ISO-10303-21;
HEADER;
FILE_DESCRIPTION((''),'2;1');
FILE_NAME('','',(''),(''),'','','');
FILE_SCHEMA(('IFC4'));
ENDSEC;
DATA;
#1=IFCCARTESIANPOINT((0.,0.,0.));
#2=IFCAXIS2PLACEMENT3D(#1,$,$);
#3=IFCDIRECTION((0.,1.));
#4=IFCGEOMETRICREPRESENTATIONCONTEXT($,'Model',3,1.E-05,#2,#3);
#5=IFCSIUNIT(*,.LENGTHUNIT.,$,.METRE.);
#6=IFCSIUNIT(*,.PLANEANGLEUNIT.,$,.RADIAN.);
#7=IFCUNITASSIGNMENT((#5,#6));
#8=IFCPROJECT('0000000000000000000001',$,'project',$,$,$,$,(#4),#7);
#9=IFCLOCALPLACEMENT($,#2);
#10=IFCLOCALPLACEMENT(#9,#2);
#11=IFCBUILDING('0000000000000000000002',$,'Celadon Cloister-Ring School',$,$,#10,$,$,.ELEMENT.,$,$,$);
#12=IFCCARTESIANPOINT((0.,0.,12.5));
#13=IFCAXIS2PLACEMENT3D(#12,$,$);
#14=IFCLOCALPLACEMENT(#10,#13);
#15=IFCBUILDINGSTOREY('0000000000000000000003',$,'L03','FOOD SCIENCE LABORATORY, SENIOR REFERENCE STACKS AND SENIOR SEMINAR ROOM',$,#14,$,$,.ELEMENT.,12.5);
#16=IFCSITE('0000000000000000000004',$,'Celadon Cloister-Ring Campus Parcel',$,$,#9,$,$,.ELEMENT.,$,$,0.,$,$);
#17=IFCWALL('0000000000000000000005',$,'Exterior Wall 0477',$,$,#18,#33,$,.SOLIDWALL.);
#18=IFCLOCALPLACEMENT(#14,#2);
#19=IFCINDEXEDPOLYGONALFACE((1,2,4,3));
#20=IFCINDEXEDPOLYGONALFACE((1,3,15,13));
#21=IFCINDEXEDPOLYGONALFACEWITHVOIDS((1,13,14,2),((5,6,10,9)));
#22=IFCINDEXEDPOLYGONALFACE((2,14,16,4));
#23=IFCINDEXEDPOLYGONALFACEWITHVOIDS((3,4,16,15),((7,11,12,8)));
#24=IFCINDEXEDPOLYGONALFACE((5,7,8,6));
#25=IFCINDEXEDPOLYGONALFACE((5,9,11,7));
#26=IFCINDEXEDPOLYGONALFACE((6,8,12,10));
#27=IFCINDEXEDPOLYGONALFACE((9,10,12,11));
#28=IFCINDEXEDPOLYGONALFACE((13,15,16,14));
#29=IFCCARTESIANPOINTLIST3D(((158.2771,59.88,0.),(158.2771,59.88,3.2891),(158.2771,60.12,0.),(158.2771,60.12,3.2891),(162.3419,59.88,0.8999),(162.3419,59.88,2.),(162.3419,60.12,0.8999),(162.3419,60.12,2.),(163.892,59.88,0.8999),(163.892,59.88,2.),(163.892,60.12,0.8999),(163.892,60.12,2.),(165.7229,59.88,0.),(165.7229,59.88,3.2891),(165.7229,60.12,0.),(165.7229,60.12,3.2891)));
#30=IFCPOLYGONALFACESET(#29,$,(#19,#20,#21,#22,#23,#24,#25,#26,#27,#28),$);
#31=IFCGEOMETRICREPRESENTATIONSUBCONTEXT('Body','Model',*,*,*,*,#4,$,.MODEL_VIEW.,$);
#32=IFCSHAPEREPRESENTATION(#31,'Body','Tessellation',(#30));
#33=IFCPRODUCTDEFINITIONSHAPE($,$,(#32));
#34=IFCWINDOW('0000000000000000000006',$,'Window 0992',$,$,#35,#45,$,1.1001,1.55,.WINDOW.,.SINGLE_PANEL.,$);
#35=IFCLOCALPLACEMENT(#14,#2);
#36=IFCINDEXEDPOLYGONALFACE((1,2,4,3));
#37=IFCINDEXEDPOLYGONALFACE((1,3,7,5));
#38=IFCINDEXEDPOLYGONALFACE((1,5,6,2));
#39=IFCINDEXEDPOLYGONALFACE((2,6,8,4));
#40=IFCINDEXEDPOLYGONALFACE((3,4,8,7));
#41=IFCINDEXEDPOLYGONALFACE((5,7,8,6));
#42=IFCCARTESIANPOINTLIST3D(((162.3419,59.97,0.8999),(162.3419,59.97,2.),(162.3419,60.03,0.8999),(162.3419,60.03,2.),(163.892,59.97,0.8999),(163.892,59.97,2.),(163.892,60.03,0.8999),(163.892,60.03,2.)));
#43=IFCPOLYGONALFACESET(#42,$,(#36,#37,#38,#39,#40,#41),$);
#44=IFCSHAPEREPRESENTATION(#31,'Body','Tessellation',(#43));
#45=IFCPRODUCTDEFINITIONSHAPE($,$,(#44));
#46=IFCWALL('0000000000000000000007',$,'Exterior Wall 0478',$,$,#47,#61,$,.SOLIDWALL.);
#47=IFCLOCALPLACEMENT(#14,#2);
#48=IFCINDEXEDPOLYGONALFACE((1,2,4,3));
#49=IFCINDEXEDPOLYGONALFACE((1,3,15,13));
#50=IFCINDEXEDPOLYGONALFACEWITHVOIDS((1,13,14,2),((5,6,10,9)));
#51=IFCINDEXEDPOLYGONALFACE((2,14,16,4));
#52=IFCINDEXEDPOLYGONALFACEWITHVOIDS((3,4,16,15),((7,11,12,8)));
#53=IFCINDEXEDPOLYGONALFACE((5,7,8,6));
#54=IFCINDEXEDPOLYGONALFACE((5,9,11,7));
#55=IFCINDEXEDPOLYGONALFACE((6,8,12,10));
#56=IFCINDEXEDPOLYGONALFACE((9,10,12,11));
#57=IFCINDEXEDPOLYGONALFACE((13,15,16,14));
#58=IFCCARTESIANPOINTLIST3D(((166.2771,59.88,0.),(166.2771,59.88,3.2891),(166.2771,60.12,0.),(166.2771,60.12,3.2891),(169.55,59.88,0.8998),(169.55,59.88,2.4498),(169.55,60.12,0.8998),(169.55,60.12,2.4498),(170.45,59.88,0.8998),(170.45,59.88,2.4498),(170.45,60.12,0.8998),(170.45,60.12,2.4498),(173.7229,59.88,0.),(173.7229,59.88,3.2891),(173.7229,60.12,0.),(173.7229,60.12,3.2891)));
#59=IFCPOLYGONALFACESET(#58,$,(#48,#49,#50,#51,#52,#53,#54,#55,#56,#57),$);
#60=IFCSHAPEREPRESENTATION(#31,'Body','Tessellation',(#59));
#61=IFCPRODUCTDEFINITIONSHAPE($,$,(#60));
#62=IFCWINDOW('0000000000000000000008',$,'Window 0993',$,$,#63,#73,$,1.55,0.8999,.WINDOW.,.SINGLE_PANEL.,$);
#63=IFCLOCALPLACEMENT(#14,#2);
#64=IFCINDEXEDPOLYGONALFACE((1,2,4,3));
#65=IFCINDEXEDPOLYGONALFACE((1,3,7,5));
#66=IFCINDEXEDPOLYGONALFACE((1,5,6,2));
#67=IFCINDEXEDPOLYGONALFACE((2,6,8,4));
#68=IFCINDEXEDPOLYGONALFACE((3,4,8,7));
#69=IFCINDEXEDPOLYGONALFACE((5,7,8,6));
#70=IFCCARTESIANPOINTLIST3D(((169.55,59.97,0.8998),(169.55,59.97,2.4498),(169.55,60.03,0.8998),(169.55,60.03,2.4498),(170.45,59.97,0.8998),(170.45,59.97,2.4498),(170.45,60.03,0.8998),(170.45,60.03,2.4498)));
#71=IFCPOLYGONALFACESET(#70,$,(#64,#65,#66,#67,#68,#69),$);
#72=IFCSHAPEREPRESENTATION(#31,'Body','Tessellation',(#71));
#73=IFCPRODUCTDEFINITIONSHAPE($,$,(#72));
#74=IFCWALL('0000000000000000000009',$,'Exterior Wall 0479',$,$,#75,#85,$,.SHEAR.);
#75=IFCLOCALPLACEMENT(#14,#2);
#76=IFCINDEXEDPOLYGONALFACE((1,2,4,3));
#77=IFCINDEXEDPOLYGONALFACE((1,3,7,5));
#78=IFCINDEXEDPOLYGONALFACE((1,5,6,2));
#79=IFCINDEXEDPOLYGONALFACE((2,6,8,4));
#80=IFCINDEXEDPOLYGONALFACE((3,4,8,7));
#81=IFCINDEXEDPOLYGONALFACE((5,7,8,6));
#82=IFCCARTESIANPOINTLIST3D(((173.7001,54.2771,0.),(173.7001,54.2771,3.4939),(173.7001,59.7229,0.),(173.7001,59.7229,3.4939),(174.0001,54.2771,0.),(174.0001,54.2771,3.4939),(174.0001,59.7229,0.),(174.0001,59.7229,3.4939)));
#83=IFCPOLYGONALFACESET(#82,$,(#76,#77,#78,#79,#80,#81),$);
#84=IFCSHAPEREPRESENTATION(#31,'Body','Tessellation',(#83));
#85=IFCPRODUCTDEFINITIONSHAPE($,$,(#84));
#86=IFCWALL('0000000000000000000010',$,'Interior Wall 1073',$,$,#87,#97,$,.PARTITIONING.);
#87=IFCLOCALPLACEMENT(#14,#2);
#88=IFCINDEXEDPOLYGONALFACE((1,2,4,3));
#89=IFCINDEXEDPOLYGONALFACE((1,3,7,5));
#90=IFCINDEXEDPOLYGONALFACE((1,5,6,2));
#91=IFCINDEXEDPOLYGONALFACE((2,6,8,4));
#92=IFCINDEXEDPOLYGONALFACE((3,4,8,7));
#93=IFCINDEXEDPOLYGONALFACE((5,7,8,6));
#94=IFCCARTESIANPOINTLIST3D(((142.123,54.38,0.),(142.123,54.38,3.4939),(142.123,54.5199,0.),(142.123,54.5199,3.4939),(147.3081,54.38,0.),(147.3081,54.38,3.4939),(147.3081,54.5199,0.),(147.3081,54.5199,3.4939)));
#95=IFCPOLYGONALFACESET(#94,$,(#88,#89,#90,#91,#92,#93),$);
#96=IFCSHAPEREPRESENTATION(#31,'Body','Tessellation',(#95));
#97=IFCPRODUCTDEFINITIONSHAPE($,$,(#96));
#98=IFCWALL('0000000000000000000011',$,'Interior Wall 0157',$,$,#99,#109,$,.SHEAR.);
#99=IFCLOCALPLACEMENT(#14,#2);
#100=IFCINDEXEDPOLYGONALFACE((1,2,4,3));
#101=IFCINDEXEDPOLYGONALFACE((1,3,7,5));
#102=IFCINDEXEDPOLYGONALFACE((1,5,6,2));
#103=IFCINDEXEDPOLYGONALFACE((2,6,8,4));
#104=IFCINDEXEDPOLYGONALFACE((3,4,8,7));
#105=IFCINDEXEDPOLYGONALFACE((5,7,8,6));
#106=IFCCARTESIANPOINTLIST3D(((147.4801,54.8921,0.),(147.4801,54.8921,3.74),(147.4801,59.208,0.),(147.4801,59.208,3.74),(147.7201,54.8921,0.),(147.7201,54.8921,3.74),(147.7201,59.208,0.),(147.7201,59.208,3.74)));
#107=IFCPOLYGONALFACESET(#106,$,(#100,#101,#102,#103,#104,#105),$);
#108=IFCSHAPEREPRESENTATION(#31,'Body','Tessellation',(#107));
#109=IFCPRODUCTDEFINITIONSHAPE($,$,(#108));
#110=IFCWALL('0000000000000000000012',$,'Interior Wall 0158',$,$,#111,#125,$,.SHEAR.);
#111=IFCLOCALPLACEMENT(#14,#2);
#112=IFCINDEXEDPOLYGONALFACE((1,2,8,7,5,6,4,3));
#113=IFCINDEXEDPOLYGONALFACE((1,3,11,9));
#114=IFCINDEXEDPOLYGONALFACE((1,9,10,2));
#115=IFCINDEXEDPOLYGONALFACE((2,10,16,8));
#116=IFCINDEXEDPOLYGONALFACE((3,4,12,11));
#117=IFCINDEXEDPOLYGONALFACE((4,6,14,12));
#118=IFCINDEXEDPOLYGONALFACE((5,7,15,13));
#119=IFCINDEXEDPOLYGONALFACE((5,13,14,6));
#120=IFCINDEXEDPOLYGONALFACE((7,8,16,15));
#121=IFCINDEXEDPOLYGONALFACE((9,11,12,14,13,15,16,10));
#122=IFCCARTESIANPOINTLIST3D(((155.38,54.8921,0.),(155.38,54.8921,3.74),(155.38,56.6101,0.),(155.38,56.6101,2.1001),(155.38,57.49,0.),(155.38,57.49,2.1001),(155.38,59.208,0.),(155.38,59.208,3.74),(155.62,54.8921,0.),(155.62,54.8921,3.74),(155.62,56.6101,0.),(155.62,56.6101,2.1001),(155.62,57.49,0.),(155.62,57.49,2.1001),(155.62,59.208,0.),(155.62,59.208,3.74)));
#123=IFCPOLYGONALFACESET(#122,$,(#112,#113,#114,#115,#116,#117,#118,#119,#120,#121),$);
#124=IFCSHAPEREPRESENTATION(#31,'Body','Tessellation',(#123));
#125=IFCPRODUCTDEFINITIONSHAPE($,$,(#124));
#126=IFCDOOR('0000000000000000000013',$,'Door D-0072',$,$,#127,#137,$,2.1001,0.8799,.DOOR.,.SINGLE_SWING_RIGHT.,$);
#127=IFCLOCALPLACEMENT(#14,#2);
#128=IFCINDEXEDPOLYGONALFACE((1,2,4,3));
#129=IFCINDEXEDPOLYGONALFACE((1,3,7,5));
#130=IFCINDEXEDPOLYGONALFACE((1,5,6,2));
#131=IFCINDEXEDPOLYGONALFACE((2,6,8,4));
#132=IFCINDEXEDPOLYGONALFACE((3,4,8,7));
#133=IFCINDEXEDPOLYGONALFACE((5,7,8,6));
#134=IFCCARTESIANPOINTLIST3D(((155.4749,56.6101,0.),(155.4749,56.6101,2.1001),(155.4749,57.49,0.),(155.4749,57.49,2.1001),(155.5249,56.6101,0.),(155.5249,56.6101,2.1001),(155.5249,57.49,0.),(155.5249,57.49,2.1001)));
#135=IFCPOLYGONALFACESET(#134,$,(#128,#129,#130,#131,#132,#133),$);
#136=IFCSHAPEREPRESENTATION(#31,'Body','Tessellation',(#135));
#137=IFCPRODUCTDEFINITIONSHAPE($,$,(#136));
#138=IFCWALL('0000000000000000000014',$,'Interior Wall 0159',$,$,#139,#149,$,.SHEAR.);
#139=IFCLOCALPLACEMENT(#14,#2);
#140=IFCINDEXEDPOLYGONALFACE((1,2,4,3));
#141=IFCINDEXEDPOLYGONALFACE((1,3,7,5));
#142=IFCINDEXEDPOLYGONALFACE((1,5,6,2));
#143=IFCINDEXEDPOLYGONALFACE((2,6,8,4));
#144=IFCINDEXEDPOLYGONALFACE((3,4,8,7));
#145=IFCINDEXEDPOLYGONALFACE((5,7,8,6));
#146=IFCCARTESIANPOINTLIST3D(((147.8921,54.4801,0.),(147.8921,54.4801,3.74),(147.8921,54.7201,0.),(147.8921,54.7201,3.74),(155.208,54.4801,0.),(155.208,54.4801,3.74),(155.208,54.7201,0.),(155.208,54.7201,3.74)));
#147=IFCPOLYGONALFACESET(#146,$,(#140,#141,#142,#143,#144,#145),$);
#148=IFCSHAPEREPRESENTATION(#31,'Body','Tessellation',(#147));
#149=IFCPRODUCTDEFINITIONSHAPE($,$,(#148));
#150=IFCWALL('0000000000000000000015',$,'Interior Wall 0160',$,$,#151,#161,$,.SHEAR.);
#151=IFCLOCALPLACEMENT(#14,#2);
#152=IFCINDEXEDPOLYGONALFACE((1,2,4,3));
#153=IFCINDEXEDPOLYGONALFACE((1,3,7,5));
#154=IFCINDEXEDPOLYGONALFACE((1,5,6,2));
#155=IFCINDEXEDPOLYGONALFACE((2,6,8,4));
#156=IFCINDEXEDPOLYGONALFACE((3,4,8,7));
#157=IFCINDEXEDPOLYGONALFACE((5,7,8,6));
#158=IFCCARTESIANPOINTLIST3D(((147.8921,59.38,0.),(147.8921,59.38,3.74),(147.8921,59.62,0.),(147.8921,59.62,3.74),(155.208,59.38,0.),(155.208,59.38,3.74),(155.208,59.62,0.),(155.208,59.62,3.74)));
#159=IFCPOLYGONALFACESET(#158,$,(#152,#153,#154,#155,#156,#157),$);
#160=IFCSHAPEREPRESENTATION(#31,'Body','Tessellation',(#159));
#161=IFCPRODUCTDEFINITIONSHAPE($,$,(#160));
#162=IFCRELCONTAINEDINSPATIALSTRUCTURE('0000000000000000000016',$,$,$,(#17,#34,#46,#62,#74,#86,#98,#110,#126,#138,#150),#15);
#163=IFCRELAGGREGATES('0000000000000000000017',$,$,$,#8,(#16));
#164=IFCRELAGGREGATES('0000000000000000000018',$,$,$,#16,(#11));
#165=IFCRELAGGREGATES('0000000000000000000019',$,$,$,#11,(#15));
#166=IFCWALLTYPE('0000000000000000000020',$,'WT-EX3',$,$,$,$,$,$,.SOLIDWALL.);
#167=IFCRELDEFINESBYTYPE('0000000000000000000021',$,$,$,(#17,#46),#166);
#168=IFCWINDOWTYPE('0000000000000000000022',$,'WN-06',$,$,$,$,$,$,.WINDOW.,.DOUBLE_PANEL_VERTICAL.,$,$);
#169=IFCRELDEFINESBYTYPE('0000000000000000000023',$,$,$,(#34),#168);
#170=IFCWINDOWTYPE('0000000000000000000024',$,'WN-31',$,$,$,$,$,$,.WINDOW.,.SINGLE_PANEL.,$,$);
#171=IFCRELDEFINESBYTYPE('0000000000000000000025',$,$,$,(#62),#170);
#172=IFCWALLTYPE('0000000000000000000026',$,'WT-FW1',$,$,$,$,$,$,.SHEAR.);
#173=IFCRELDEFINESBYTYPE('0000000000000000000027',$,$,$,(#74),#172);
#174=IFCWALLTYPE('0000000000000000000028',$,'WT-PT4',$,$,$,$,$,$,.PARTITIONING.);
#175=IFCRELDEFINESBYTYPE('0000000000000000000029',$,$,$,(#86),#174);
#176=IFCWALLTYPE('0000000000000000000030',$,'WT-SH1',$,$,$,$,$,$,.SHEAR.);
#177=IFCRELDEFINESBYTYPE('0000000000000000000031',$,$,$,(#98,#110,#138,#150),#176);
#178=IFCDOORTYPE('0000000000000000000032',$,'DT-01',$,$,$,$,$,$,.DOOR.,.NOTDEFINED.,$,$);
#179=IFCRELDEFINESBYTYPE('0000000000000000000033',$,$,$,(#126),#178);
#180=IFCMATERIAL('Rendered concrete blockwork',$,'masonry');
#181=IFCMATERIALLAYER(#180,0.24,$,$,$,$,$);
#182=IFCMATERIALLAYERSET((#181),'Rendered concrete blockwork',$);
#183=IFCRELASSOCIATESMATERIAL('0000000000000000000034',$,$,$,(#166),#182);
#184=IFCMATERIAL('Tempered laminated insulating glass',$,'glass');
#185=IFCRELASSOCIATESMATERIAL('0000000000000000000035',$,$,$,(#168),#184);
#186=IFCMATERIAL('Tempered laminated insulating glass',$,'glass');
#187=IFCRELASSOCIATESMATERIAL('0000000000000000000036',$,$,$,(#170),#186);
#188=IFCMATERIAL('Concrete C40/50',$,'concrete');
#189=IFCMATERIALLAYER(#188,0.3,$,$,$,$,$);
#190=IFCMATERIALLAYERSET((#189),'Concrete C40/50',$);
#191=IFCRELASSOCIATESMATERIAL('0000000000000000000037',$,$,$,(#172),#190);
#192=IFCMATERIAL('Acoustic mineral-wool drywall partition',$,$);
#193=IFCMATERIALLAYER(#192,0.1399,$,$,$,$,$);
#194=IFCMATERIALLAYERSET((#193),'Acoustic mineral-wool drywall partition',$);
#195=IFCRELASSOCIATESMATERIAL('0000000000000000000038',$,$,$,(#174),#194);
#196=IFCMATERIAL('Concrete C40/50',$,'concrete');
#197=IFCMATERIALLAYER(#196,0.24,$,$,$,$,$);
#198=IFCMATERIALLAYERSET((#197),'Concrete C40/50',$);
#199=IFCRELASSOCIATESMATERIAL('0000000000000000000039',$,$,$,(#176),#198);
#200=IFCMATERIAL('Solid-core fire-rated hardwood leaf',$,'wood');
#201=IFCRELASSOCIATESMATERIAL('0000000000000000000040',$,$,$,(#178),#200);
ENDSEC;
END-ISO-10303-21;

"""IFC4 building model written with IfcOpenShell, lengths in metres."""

from ifc_helpers import new_model, si_unit, direction, frame, frame_2d, origin, place, context, subcontext, project, spatial, rectangle, extrude, material, layer, layer_set, type_object, element, fill, save


model = new_model("IFC4")

# Units and contexts
model_context = context("Model", 3, precision=1e-05, world=origin(), true_north=direction((0.0, 1.0)))
body_context = subcontext(model_context, "Body", "Model", "MODEL_VIEW")
ifc_project = project(units=[si_unit("LENGTHUNIT", "METRE"), si_unit("PLANEANGLEUNIT", "RADIAN")], contexts=[model_context])

# Site, building, storey
site_placement = place(None, origin())
site = spatial("IfcSite", under=ifc_project, at=site_placement, Name="Celadon Cloister-Ring Campus Parcel", CompositionType="ELEMENT", RefElevation=0.0)
building_placement = place(site_placement, origin())
building = spatial("IfcBuilding", under=site, at=building_placement, Name="Celadon Cloister-Ring School", CompositionType="ELEMENT")
storey_placement = place(building_placement, frame((0.0, 0.0, 12.5)))
storey = spatial("IfcBuildingStorey", under=building, at=storey_placement, Name="L03", Description="FOOD SCIENCE LABORATORY, SENIOR REFERENCE STACKS AND SENIOR SEMINAR ROOM", CompositionType="ELEMENT", Elevation=12.5)

# Shared definitions
ifc_material_1 = material(Name="Rendered concrete blockwork", Category="masonry")
ifc_layer_1 = layer(ifc_material_1, 0.24)
ifc_layer_set_1 = layer_set([ifc_layer_1], Name="Rendered concrete blockwork")
wall_type_1 = type_object("IfcWallType", Name="WT-EX3", PredefinedType="SOLIDWALL", material=ifc_layer_set_1)

# Walls, openings, windows
wall_1_placement = place(storey_placement, frame((158.2771, 60.0, 0.0), z_axis=(0.0, 0.0, 1.0), x_axis=(1.0, 0.0, 0.0)))
wall_1 = element("IfcWall", 1, at=wall_1_placement, inside=storey, type_object=wall_type_1, Name="Exterior Wall 0477", PredefinedType="SOLIDWALL", context=body_context, shape_type="SweptSolid", body=[
    extrude(rectangle(XDim=7.4458, YDim=0.24, at=frame_2d((3.7229, 0.0))), origin(), (0.0, 0.0, 1.0), 3.2891),
])
opening_1_placement = place(wall_1_placement, frame((4.0649, 0.0, 0.8999)))
opening_1 = element("IfcOpeningElement", 2, at=opening_1_placement, cuts=wall_1, PredefinedType="OPENING", context=body_context, shape_type="SweptSolid", body=[
    extrude(rectangle(XDim=1.55, YDim=1.1001, at=frame_2d((0.7749, 0.55))), frame((0.0, 0.1299, 0.0), z_axis=(0.0, -1.0, 0.0), x_axis=(1.0, 0.0, 0.0)), (0.0, 0.0, 1.0), 0.26),
])
ifc_material_2 = material(Name="Tempered laminated insulating glass", Category="glass")
window_type_1 = type_object("IfcWindowType", Name="WN-06", PartitioningType="DOUBLE_PANEL_VERTICAL", PredefinedType="WINDOW", material=ifc_material_2)
window_1_placement = place(opening_1_placement, origin())
window_1 = element("IfcWindow", 3, at=window_1_placement, inside=storey, type_object=window_type_1, Name="Window 0992", OverallHeight=1.1001, OverallWidth=1.55, PartitioningType="SINGLE_PANEL", PredefinedType="WINDOW", context=body_context, shape_type="SweptSolid", body=[
    extrude(rectangle(XDim=1.55, YDim=1.1001, at=frame_2d((0.7749, 0.55))), frame((0.0, 0.03, 0.0), z_axis=(0.0, -1.0, 0.0), x_axis=(1.0, 0.0, 0.0)), (0.0, 0.0, 1.0), 0.0601),
])
fill(opening_1, window_1)
wall_2_placement = place(storey_placement, frame((166.2771, 60.0, 0.0), z_axis=(0.0, 0.0, 1.0), x_axis=(1.0, 0.0, 0.0)))
wall_2 = element("IfcWall", 4, at=wall_2_placement, inside=storey, type_object=wall_type_1, Name="Exterior Wall 0478", PredefinedType="SOLIDWALL", context=body_context, shape_type="SweptSolid", body=[
    extrude(rectangle(XDim=7.4458, YDim=0.24, at=frame_2d((3.7229, 0.0))), origin(), (0.0, 0.0, 1.0), 3.2891),
])
opening_2_placement = place(wall_2_placement, frame((3.2729, 0.0, 0.8999)))
opening_2 = element("IfcOpeningElement", 5, at=opening_2_placement, cuts=wall_2, PredefinedType="OPENING", context=body_context, shape_type="SweptSolid", body=[
    extrude(rectangle(XDim=0.8999, YDim=1.55, at=frame_2d((0.45, 0.7749))), frame((0.0, 0.1299, 0.0), z_axis=(0.0, -1.0, 0.0), x_axis=(1.0, 0.0, 0.0)), (0.0, 0.0, 1.0), 0.26),
])
ifc_material_3 = material(Name="Tempered laminated insulating glass", Category="glass")
window_type_2 = type_object("IfcWindowType", Name="WN-31", PartitioningType="SINGLE_PANEL", PredefinedType="WINDOW", material=ifc_material_3)
window_2_placement = place(opening_2_placement, origin())
window_2 = element("IfcWindow", 6, at=window_2_placement, inside=storey, type_object=window_type_2, Name="Window 0993", OverallHeight=1.55, OverallWidth=0.8999, PartitioningType="SINGLE_PANEL", PredefinedType="WINDOW", context=body_context, shape_type="SweptSolid", body=[
    extrude(rectangle(XDim=0.8999, YDim=1.55, at=frame_2d((0.45, 0.7749))), frame((0.0, 0.03, 0.0), z_axis=(0.0, -1.0, 0.0), x_axis=(1.0, 0.0, 0.0)), (0.0, 0.0, 1.0), 0.0601),
])
fill(opening_2, window_2)

# Walls
ifc_material_4 = material(Name="Concrete C40/50", Category="concrete")
ifc_layer_2 = layer(ifc_material_4, 0.3)
ifc_layer_set_2 = layer_set([ifc_layer_2], Name="Concrete C40/50")
wall_type_2 = type_object("IfcWallType", Name="WT-FW1", PredefinedType="SHEAR", material=ifc_layer_set_2)
wall_3_placement = place(storey_placement, frame((173.8501, 59.7229, 0.0), z_axis=(0.0, 0.0, 1.0), x_axis=(0.0, -1.0, 0.0)))
element("IfcWall", 7, at=wall_3_placement, inside=storey, type_object=wall_type_2, Name="Exterior Wall 0479", PredefinedType="SHEAR", context=body_context, shape_type="SweptSolid", body=[
    extrude(rectangle(XDim=5.4458, YDim=0.3, at=frame_2d((2.7229, 0.0))), origin(), (0.0, 0.0, 1.0), 3.4939),
])
ifc_material_5 = material(Name="Acoustic mineral-wool drywall partition")
ifc_layer_3 = layer(ifc_material_5, 0.1399)
ifc_layer_set_3 = layer_set([ifc_layer_3], Name="Acoustic mineral-wool drywall partition")
wall_type_3 = type_object("IfcWallType", Name="WT-PT4", PredefinedType="PARTITIONING", material=ifc_layer_set_3)
wall_4_placement = place(storey_placement, frame((142.123, 54.45, 0.0), z_axis=(0.0, 0.0, 1.0), x_axis=(1.0, 0.0, 0.0)))
element("IfcWall", 8, at=wall_4_placement, inside=storey, type_object=wall_type_3, Name="Interior Wall 1073", PredefinedType="PARTITIONING", context=body_context, shape_type="SweptSolid", body=[
    extrude(rectangle(XDim=5.1851, YDim=0.1399, at=frame_2d((2.5925, 0.0))), origin(), (0.0, 0.0, 1.0), 3.4939),
])
ifc_material_6 = material(Name="Concrete C40/50", Category="concrete")
ifc_layer_4 = layer(ifc_material_6, 0.24)
ifc_layer_set_4 = layer_set([ifc_layer_4], Name="Concrete C40/50")
wall_type_4 = type_object("IfcWallType", Name="WT-SH1", PredefinedType="SHEAR", material=ifc_layer_set_4)
wall_5_placement = place(storey_placement, frame((147.6001, 54.8921, 0.0), z_axis=(0.0, 0.0, 1.0), x_axis=(0.0, 1.0, 0.0)))
element("IfcWall", 9, at=wall_5_placement, inside=storey, type_object=wall_type_4, Name="Interior Wall 0157", PredefinedType="SHEAR", context=body_context, shape_type="SweptSolid", body=[
    extrude(rectangle(XDim=4.3159, YDim=0.24, at=frame_2d((2.158, 0.0))), origin(), (0.0, 0.0, 1.0), 3.74),
])

# Wall, opening, door
wall_6_placement = place(storey_placement, frame((155.5, 59.208, 0.0), z_axis=(0.0, 0.0, 1.0), x_axis=(0.0, -1.0, 0.0)))
wall_6 = element("IfcWall", 10, at=wall_6_placement, inside=storey, type_object=wall_type_4, Name="Interior Wall 0158", PredefinedType="SHEAR", context=body_context, shape_type="SweptSolid", body=[
    extrude(rectangle(XDim=4.3159, YDim=0.24, at=frame_2d((2.158, 0.0))), origin(), (0.0, 0.0, 1.0), 3.74),
])
opening_3_placement = place(wall_6_placement, frame((1.718, 0.0, 0.0)))
opening_3 = element("IfcOpeningElement", 11, at=opening_3_placement, cuts=wall_6, PredefinedType="OPENING", context=body_context, shape_type="SweptSolid", body=[
    extrude(rectangle(XDim=0.8799, YDim=2.1001, at=frame_2d((0.4399, 1.05))), frame((0.0, 0.1299, 0.0), z_axis=(0.0, -1.0, 0.0), x_axis=(1.0, 0.0, 0.0)), (0.0, 0.0, 1.0), 0.26),
])
ifc_material_7 = material(Name="Solid-core fire-rated hardwood leaf", Category="wood")
door_type = type_object("IfcDoorType", Name="DT-01", OperationType="NOTDEFINED", PredefinedType="DOOR", material=ifc_material_7)
door_placement = place(opening_3_placement, origin())
door = element("IfcDoor", 12, at=door_placement, inside=storey, type_object=door_type, Name="Door D-0072", OperationType="SINGLE_SWING_RIGHT", OverallHeight=2.1001, OverallWidth=0.8799, PredefinedType="DOOR", context=body_context, shape_type="SweptSolid", body=[
    extrude(rectangle(XDim=0.8799, YDim=2.1001, at=frame_2d((0.4399, 1.05))), frame((0.0, 0.0249, 0.0), z_axis=(0.0, -1.0, 0.0), x_axis=(1.0, 0.0, 0.0)), (0.0, 0.0, 1.0), 0.05),
])
fill(opening_3, door)

# Walls
for number, where, z_axis, x_axis, name in (
    (13, (155.208, 54.6001, 0.0), (0.0, 0.0, 1.0), (-1.0, 0.0, 0.0), "Interior Wall 0159"),
    (14, (155.208, 59.5, 0.0), (0.0, 0.0, 1.0), (-1.0, 0.0, 0.0), "Interior Wall 0160"),
):
    element("IfcWall", number, at=place(storey_placement, frame(where, z_axis=z_axis, x_axis=x_axis)), inside=storey, type_object=wall_type_4, Name=name, PredefinedType="SHEAR", context=body_context, shape_type="SweptSolid", body=[
        extrude(rectangle(XDim=7.3159, YDim=0.24, at=frame_2d((3.658, 0.0))), origin(), (0.0, 0.0, 1.0), 3.74),
    ])

save(model, "model.ifc")
